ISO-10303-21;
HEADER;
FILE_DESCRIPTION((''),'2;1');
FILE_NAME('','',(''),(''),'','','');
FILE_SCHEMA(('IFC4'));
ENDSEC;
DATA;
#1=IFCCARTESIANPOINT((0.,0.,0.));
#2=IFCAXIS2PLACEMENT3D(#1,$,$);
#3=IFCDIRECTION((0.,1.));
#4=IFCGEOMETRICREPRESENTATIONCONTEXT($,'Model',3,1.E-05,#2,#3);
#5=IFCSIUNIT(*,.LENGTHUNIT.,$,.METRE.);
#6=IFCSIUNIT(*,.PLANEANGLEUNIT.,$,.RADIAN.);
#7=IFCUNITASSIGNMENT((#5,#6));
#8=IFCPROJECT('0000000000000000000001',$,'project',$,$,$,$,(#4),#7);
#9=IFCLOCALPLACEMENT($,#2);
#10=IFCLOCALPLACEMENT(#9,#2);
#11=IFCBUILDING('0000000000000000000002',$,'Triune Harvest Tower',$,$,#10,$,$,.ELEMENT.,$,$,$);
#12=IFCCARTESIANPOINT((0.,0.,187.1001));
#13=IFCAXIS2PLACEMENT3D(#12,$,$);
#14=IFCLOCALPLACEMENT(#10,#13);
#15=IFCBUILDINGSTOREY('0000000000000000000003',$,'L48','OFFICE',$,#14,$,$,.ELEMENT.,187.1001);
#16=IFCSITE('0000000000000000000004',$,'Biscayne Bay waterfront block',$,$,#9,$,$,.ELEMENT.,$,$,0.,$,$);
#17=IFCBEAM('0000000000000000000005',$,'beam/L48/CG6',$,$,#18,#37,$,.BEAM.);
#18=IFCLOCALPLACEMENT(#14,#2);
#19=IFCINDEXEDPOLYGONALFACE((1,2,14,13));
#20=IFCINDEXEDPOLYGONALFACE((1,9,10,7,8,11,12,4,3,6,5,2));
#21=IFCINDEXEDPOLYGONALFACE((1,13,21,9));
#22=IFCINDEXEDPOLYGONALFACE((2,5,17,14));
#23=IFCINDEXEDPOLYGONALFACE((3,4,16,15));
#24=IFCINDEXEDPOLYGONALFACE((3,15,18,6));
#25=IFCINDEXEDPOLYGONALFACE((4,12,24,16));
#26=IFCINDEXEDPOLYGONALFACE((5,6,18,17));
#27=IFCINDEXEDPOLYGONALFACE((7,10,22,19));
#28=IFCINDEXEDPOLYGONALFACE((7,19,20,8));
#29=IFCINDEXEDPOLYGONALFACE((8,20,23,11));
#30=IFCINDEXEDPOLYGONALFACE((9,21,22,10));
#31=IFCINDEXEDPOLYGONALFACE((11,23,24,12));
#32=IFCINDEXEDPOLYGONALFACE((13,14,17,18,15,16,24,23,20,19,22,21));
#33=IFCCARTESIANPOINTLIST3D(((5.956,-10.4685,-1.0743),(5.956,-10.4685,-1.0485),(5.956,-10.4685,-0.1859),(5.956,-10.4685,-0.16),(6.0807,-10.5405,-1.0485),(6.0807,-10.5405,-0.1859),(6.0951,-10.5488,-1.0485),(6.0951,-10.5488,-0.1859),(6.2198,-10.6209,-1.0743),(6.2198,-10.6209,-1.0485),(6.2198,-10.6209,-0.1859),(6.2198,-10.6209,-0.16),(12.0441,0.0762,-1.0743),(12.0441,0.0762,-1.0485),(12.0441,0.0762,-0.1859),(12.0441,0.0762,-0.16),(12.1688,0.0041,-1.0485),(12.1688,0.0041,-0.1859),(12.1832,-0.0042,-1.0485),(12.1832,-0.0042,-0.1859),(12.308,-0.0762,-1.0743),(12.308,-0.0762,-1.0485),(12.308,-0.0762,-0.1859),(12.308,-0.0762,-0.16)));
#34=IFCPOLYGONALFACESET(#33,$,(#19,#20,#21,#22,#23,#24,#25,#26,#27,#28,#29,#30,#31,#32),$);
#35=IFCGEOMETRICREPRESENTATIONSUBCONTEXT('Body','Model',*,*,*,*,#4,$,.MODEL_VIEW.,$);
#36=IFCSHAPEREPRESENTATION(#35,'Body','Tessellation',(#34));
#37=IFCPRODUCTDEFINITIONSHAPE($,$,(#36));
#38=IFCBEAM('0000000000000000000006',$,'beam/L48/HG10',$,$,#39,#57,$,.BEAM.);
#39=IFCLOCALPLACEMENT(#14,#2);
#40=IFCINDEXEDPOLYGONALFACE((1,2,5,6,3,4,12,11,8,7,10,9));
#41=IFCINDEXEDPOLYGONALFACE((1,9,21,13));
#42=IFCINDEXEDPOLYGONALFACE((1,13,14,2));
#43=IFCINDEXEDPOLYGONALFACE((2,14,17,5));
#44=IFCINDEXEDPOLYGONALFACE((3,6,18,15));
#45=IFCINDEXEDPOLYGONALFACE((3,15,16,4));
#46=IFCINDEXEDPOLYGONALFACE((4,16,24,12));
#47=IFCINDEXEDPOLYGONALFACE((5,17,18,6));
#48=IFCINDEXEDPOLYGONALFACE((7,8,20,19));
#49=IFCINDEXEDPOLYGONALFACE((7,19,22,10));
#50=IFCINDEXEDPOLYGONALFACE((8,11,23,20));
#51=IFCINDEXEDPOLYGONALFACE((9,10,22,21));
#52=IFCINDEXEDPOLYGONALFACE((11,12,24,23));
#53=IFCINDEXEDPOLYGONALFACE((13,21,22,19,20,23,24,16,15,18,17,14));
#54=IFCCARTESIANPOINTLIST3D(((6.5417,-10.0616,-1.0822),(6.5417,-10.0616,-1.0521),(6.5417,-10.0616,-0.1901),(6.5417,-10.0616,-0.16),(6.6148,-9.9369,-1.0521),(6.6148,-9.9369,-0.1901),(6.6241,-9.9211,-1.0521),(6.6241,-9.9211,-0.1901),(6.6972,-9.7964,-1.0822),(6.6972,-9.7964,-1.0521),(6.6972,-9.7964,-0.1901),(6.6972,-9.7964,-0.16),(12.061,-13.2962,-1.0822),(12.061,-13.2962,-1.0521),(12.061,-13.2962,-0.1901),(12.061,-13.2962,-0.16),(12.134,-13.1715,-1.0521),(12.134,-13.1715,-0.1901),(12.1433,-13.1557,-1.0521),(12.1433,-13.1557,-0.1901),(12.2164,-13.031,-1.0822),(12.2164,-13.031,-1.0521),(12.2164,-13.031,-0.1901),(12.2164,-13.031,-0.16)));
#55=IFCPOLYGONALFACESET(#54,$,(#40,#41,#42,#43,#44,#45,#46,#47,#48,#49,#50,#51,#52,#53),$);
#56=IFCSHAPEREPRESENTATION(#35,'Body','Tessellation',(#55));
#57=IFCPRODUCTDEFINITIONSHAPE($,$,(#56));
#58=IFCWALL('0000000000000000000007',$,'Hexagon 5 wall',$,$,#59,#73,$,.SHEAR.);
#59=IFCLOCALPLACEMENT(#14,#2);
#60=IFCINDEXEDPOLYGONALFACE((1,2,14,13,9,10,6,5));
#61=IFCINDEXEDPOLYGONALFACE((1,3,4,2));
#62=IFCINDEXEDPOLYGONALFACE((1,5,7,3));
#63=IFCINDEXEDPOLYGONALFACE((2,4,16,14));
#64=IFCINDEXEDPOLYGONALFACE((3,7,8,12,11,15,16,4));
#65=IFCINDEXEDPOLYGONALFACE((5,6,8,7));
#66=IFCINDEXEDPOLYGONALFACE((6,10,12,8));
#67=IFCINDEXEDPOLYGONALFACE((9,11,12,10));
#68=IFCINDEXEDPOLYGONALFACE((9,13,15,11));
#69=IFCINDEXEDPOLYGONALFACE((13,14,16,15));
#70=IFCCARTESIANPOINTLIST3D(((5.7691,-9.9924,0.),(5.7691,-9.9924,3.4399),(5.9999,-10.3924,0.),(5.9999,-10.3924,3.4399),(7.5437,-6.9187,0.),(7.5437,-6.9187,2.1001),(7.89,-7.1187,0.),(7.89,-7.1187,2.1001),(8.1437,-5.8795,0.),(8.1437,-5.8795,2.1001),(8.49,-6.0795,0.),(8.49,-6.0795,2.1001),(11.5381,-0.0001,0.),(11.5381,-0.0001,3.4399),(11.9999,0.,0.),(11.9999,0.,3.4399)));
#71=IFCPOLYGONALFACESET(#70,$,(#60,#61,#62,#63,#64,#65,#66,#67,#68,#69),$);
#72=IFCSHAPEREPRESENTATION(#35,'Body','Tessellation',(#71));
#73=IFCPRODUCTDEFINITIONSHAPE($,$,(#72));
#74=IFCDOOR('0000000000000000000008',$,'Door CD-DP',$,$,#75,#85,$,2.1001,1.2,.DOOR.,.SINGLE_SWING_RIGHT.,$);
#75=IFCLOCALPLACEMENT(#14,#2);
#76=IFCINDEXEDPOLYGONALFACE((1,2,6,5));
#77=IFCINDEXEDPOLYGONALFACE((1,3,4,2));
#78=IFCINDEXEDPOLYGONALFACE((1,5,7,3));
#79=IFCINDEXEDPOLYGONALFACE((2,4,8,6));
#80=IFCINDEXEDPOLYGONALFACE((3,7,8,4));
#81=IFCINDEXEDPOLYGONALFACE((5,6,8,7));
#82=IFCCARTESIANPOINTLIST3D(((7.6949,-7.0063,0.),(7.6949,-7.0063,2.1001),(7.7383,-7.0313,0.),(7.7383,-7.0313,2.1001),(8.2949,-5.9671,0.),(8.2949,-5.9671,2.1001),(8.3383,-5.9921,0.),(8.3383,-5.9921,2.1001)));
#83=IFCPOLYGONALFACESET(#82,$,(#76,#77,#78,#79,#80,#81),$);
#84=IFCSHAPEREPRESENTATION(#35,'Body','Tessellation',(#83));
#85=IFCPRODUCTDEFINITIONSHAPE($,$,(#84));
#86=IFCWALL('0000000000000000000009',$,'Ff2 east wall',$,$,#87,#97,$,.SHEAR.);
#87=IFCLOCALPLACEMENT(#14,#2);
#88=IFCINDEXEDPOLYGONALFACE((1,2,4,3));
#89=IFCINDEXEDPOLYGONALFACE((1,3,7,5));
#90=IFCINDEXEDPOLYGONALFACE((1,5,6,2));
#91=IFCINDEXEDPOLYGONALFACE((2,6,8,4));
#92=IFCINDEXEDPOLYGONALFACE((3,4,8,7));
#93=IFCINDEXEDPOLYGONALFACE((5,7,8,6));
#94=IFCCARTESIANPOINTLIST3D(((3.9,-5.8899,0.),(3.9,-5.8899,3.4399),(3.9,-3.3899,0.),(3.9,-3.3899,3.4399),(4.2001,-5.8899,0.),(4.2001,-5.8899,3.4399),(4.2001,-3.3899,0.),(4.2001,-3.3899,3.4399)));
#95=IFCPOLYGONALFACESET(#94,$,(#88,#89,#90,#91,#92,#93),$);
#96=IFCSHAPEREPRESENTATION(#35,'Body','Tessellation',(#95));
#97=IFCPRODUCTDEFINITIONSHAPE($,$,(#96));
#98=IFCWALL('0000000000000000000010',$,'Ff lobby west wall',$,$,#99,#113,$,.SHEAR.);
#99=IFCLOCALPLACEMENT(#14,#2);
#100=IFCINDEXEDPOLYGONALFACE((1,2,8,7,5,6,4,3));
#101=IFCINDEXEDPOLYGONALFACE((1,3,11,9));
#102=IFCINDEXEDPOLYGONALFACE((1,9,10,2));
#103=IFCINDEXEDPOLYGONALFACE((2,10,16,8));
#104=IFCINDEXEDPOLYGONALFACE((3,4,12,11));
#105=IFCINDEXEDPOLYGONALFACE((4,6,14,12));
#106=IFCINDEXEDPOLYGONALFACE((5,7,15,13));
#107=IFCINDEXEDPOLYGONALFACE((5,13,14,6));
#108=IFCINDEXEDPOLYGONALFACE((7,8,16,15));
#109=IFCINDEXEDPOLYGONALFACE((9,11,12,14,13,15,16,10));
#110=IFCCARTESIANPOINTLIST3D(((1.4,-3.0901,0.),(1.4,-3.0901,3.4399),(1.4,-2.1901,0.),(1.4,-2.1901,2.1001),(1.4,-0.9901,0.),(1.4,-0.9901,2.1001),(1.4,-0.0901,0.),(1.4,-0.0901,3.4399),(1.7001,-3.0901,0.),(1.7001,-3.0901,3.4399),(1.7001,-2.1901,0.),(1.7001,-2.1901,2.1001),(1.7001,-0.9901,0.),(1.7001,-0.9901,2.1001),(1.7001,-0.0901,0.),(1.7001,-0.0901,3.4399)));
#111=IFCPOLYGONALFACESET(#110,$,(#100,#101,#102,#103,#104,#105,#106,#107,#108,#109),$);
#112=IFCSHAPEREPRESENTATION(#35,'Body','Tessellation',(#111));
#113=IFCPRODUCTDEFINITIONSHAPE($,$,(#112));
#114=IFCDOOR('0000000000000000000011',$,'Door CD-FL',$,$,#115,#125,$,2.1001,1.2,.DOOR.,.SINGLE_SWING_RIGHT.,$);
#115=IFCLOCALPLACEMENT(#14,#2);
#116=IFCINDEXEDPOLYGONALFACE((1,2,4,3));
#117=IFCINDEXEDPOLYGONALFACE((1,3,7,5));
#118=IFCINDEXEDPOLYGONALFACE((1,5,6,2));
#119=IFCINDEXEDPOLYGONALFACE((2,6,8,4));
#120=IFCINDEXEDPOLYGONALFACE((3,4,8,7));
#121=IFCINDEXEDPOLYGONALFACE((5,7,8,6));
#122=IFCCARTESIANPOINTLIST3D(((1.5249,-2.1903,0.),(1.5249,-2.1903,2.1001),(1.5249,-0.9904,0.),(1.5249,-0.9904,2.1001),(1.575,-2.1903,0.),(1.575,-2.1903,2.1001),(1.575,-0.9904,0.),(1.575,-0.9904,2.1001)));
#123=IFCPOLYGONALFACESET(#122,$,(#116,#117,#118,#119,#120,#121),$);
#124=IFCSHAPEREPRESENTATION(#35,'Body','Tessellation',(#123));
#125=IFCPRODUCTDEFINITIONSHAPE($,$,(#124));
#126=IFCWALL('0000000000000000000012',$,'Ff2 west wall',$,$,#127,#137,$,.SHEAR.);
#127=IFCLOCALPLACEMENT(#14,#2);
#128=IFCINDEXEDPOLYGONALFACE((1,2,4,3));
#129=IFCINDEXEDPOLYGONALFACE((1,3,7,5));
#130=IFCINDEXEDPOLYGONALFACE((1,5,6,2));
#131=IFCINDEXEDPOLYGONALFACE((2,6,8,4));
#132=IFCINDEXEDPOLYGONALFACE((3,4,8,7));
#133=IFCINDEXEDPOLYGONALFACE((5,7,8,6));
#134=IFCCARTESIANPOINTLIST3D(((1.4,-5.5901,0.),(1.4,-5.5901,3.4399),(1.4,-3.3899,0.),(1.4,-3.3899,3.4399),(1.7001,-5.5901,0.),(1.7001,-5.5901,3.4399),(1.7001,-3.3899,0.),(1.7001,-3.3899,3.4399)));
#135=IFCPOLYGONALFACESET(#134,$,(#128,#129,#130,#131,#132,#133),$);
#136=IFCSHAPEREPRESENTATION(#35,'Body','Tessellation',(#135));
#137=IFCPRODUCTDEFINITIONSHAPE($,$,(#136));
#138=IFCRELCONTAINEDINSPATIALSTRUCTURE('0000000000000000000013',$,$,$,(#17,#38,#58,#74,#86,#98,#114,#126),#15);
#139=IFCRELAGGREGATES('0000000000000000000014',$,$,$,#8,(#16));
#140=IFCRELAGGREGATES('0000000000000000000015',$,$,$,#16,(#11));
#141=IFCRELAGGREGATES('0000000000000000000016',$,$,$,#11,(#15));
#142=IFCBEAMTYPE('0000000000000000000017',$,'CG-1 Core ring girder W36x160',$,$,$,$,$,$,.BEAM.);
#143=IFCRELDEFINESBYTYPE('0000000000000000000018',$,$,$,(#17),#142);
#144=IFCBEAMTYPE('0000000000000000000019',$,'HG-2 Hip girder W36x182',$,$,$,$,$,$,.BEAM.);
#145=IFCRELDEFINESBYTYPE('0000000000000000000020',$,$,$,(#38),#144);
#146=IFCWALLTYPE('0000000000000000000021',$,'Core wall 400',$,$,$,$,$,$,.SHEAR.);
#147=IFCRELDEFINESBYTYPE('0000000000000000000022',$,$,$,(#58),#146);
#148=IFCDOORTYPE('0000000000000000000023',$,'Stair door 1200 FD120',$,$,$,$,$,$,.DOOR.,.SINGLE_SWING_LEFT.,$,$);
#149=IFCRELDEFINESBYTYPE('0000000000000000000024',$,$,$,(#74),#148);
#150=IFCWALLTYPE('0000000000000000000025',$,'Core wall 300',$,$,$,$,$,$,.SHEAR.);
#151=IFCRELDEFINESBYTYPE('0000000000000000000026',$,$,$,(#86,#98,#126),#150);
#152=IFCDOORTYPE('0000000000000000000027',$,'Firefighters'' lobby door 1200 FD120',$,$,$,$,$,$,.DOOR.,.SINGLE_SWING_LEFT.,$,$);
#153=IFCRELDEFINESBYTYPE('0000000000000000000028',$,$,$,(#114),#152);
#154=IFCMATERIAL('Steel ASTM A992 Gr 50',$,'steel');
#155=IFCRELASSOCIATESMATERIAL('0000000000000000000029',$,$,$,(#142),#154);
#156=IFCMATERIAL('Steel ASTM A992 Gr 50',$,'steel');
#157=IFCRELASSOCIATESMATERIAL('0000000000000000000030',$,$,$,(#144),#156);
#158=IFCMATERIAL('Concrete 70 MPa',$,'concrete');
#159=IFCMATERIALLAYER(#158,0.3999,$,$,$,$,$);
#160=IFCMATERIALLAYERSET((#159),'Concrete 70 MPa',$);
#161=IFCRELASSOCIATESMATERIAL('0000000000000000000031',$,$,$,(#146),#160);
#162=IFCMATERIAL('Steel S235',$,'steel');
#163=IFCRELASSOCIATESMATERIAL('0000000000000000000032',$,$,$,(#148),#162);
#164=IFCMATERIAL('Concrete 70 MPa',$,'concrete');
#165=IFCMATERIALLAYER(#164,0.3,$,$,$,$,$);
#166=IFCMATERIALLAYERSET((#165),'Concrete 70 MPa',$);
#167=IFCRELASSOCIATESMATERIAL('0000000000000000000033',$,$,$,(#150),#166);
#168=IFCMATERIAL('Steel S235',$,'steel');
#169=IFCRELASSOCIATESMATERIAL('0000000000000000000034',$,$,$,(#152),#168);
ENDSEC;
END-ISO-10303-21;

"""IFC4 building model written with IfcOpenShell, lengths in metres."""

from ifc_helpers import new_model, si_unit, direction, frame, frame_2d, origin, origin_2d, place, context, subcontext, project, spatial, polyline, rectangle, i_section, outline, extrude, source, transform, mapped, material, layer, layer_set, material_profile, profile_set, type_object, element, fill, save


model = new_model("IFC4")

# Units and contexts
model_context = context("Model", 3, precision=1e-05, world=origin(), true_north=direction((0.0, 1.0)))
body_context = subcontext(model_context, "Body", "Model", "MODEL_VIEW")
ifc_project = project(units=[si_unit("LENGTHUNIT", "METRE"), si_unit("PLANEANGLEUNIT", "RADIAN")], contexts=[model_context])

# Site, building, storey
site_placement = place(None, origin())
site = spatial("IfcSite", under=ifc_project, at=site_placement, Name="Biscayne Bay waterfront block", CompositionType="ELEMENT", RefElevation=0.0)
building_placement = place(site_placement, origin())
building = spatial("IfcBuilding", under=site, at=building_placement, Name="Triune Harvest Tower", CompositionType="ELEMENT")
storey_placement = place(building_placement, frame((0.0, 0.0, 187.1001)))
storey = spatial("IfcBuildingStorey", under=building, at=storey_placement, Name="L48", Description="OFFICE", CompositionType="ELEMENT", Elevation=187.1001)

# Beams
ifc_material_1 = material(Name="Steel ASTM A992 Gr 50", Category="steel")
ifc_material_profile_1 = material_profile(ifc_material_1, i_section(OverallWidth=0.3047, OverallDepth=0.9143, WebThickness=0.0166, FlangeThickness=0.0259, at=origin_2d()), Name="W36x160")
ifc_profile_set_1 = profile_set([ifc_material_profile_1], Name="Steel ASTM A992 Gr 50")
beam_type_1 = type_object("IfcBeamType", Name="CG-1 Core ring girder W36x160", PredefinedType="BEAM", material=ifc_profile_set_1)
shared_shape_1 = source(origin(), body_context, "Body", "SweptSolid", [
    extrude(i_section(OverallWidth=0.3047, OverallDepth=0.9143, WebThickness=0.0166, FlangeThickness=0.0259, at=origin_2d()), origin(), (0.0, 0.0, 1.0), 12.176),
])
beam_1_placement = place(storey_placement, frame((6.0879, -10.5447, -0.6172), z_axis=(0.50001, 0.86602, 0.0), x_axis=(-0.86602, 0.50001, 0.0)))
element("IfcBeam", 1, at=beam_1_placement, inside=storey, type_object=beam_type_1, Name="beam/L48/CG6", PredefinedType="BEAM", context=body_context, shape_type="MappedRepresentation", body=[
    mapped(shared_shape_1, transform((0.0, 0.0, 0.0), scale=1.0)),
])
ifc_material_2 = material(Name="Steel ASTM A992 Gr 50", Category="steel")
ifc_material_profile_2 = material_profile(ifc_material_2, i_section(OverallWidth=0.3074, OverallDepth=0.9221, WebThickness=0.0183, FlangeThickness=0.03, at=origin_2d()), Name="W36x182")
ifc_profile_set_2 = profile_set([ifc_material_profile_2], Name="Steel ASTM A992 Gr 50")
beam_type_2 = type_object("IfcBeamType", Name="HG-2 Hip girder W36x182", PredefinedType="BEAM", material=ifc_profile_set_2)
shared_shape_2 = source(origin(), body_context, "Body", "SweptSolid", [
    extrude(i_section(OverallWidth=0.3074, OverallDepth=0.9221, WebThickness=0.0183, FlangeThickness=0.03, at=origin_2d()), origin(), (0.0, 0.0, 1.0), 6.3972),
])
beam_2_placement = place(storey_placement, frame((12.1387, -13.1636, -0.6211), z_axis=(-0.862754, 0.505624, 0.0), x_axis=(-0.505624, -0.862754, 0.0)))
element("IfcBeam", 2, at=beam_2_placement, inside=storey, type_object=beam_type_2, Name="beam/L48/HG10", PredefinedType="BEAM", context=body_context, shape_type="MappedRepresentation", body=[
    mapped(shared_shape_2, transform((0.0, 0.0, 0.0), scale=1.0)),
])

# Wall, opening, door
ifc_material_3 = material(Name="Concrete 70 MPa", Category="concrete")
ifc_layer_1 = layer(ifc_material_3, 0.3999)
ifc_layer_set_1 = layer_set([ifc_layer_1], Name="Concrete 70 MPa")
wall_type_1 = type_object("IfcWallType", Name="Core wall 400", PredefinedType="SHEAR", material=ifc_layer_set_1)
shared_shape_3 = source(origin(), body_context, "Body", "SweptSolid", [
    extrude(outline(polyline([(-0.1155, -0.2), (11.8845, -0.2), (11.6536, 0.2), (0.1155, 0.2), (-0.1155, -0.2)])), origin(), (0.0, 0.0, 1.0), 3.4399),
])
wall_1_placement = place(storey_placement, frame((5.8845, -10.1924, 0.0), z_axis=(0.0, 0.0, 1.0), x_axis=(0.499997, 0.866027, 0.0)))
wall_1 = element("IfcWall", 3, at=wall_1_placement, inside=storey, type_object=wall_type_1, Name="Hexagon 5 wall", PredefinedType="SHEAR", context=body_context, shape_type="MappedRepresentation", body=[
    mapped(shared_shape_3, transform((0.0, 0.0, 0.0), scale=1.0)),
])
opening_1_placement = place(wall_1_placement, frame((3.6646, 0.0, 0.0)))
opening_1 = element("IfcOpeningElement", 4, at=opening_1_placement, cuts=wall_1, PredefinedType="OPENING", context=body_context, shape_type="SweptSolid", body=[
    extrude(rectangle(XDim=1.2, YDim=2.1001, at=frame_2d((0.6001, 1.05))), frame((0.0, 0.21, 0.0), z_axis=(0.0, -1.0, 0.0), x_axis=(1.0, 0.0, 0.0)), (0.0, 0.0, 1.0), 0.4199),
])
ifc_material_4 = material(Name="Steel S235", Category="steel")
door_type_1 = type_object("IfcDoorType", Name="Stair door 1200 FD120", OperationType="SINGLE_SWING_LEFT", PredefinedType="DOOR", material=ifc_material_4)
door_1_placement = place(opening_1_placement, frame((1.2, 0.0, 0.0), z_axis=(0.0, 0.0, 1.0), x_axis=(-1.0, 0.0, 0.0)))
door_1 = element("IfcDoor", 5, at=door_1_placement, inside=storey, type_object=door_type_1, Name="Door CD-DP", OperationType="SINGLE_SWING_RIGHT", OverallHeight=2.1001, OverallWidth=1.2, PredefinedType="DOOR", context=body_context, shape_type="SweptSolid", body=[
    extrude(rectangle(XDim=1.2, YDim=2.1001, at=frame_2d((0.6001, 1.05))), frame((0.0, 0.0249, 0.0), z_axis=(0.0, -1.0, 0.0), x_axis=(1.0, 0.0, 0.0)), (0.0, 0.0, 1.0), 0.05),
])
fill(opening_1, door_1)

# Wall
ifc_material_5 = material(Name="Concrete 70 MPa", Category="concrete")
ifc_layer_2 = layer(ifc_material_5, 0.3)
ifc_layer_set_2 = layer_set([ifc_layer_2], Name="Concrete 70 MPa")
wall_type_2 = type_object("IfcWallType", Name="Core wall 300", PredefinedType="SHEAR", material=ifc_layer_set_2)
shared_shape_4 = source(origin(), body_context, "Body", "SweptSolid", [
    extrude(rectangle(XDim=2.5, YDim=0.3, at=frame_2d((1.25, 0.0))), origin(), (0.0, 0.0, 1.0), 3.4399),
])
wall_2_placement = place(storey_placement, frame((4.05, -5.8899, 0.0), z_axis=(0.0, 0.0, 1.0), x_axis=(0.0, 1.0, 0.0)))
element("IfcWall", 6, at=wall_2_placement, inside=storey, type_object=wall_type_2, Name="Ff2 east wall", PredefinedType="SHEAR", context=body_context, shape_type="MappedRepresentation", body=[
    mapped(shared_shape_4, transform((0.0, 0.0, 0.0), scale=1.0)),
])

# Wall, opening, door
shared_shape_5 = source(origin(), body_context, "Body", "SweptSolid", [
    extrude(rectangle(XDim=3.0, YDim=0.3, at=frame_2d((1.5, 0.0))), origin(), (0.0, 0.0, 1.0), 3.4399),
])
wall_3_placement = place(storey_placement, frame((1.55, -3.0901, 0.0), z_axis=(0.0, 0.0, 1.0), x_axis=(0.0, 1.0, 0.0)))
wall_3 = element("IfcWall", 7, at=wall_3_placement, inside=storey, type_object=wall_type_2, Name="Ff lobby west wall", PredefinedType="SHEAR", context=body_context, shape_type="MappedRepresentation", body=[
    mapped(shared_shape_5, transform((0.0, 0.0, 0.0), scale=1.0)),
])
opening_2_placement = place(wall_3_placement, frame((0.8999, 0.0, 0.0)))
opening_2 = element("IfcOpeningElement", 8, at=opening_2_placement, cuts=wall_3, PredefinedType="OPENING", context=body_context, shape_type="SweptSolid", body=[
    extrude(rectangle(XDim=1.2, YDim=2.1001, at=frame_2d((0.6001, 1.05))), frame((0.0, 0.1602, 0.0), z_axis=(0.0, -1.0, 0.0), x_axis=(1.0, 0.0, 0.0)), (0.0, 0.0, 1.0), 0.3201),
])
ifc_material_6 = material(Name="Steel S235", Category="steel")
door_type_2 = type_object("IfcDoorType", Name="Firefighters' lobby door 1200 FD120", OperationType="SINGLE_SWING_LEFT", PredefinedType="DOOR", material=ifc_material_6)
door_2_placement = place(opening_2_placement, frame((1.2, 0.0, 0.0), z_axis=(0.0, 0.0, 1.0), x_axis=(-1.0, 0.0, 0.0)))
door_2 = element("IfcDoor", 9, at=door_2_placement, inside=storey, type_object=door_type_2, Name="Door CD-FL", OperationType="SINGLE_SWING_RIGHT", OverallHeight=2.1001, OverallWidth=1.2, PredefinedType="DOOR", context=body_context, shape_type="SweptSolid", body=[
    extrude(rectangle(XDim=1.2, YDim=2.1001, at=frame_2d((0.6001, 1.05))), frame((0.0, 0.0249, 0.0), z_axis=(0.0, -1.0, 0.0), x_axis=(1.0, 0.0, 0.0)), (0.0, 0.0, 1.0), 0.05),
])
fill(opening_2, door_2)

# Wall
shared_shape_6 = source(origin(), body_context, "Body", "SweptSolid", [
    extrude(rectangle(XDim=2.2002, YDim=0.3, at=frame_2d((1.1001, 0.0))), origin(), (0.0, 0.0, 1.0), 3.4399),
])
wall_4_placement = place(storey_placement, frame((1.55, -5.5901, 0.0), z_axis=(0.0, 0.0, 1.0), x_axis=(0.0, 1.0, 0.0)))
element("IfcWall", 10, at=wall_4_placement, inside=storey, type_object=wall_type_2, Name="Ff2 west wall", PredefinedType="SHEAR", context=body_context, shape_type="MappedRepresentation", body=[
    mapped(shared_shape_6, transform((0.0, 0.0, 0.0), scale=1.0)),
])

save(model, "model.ifc")
